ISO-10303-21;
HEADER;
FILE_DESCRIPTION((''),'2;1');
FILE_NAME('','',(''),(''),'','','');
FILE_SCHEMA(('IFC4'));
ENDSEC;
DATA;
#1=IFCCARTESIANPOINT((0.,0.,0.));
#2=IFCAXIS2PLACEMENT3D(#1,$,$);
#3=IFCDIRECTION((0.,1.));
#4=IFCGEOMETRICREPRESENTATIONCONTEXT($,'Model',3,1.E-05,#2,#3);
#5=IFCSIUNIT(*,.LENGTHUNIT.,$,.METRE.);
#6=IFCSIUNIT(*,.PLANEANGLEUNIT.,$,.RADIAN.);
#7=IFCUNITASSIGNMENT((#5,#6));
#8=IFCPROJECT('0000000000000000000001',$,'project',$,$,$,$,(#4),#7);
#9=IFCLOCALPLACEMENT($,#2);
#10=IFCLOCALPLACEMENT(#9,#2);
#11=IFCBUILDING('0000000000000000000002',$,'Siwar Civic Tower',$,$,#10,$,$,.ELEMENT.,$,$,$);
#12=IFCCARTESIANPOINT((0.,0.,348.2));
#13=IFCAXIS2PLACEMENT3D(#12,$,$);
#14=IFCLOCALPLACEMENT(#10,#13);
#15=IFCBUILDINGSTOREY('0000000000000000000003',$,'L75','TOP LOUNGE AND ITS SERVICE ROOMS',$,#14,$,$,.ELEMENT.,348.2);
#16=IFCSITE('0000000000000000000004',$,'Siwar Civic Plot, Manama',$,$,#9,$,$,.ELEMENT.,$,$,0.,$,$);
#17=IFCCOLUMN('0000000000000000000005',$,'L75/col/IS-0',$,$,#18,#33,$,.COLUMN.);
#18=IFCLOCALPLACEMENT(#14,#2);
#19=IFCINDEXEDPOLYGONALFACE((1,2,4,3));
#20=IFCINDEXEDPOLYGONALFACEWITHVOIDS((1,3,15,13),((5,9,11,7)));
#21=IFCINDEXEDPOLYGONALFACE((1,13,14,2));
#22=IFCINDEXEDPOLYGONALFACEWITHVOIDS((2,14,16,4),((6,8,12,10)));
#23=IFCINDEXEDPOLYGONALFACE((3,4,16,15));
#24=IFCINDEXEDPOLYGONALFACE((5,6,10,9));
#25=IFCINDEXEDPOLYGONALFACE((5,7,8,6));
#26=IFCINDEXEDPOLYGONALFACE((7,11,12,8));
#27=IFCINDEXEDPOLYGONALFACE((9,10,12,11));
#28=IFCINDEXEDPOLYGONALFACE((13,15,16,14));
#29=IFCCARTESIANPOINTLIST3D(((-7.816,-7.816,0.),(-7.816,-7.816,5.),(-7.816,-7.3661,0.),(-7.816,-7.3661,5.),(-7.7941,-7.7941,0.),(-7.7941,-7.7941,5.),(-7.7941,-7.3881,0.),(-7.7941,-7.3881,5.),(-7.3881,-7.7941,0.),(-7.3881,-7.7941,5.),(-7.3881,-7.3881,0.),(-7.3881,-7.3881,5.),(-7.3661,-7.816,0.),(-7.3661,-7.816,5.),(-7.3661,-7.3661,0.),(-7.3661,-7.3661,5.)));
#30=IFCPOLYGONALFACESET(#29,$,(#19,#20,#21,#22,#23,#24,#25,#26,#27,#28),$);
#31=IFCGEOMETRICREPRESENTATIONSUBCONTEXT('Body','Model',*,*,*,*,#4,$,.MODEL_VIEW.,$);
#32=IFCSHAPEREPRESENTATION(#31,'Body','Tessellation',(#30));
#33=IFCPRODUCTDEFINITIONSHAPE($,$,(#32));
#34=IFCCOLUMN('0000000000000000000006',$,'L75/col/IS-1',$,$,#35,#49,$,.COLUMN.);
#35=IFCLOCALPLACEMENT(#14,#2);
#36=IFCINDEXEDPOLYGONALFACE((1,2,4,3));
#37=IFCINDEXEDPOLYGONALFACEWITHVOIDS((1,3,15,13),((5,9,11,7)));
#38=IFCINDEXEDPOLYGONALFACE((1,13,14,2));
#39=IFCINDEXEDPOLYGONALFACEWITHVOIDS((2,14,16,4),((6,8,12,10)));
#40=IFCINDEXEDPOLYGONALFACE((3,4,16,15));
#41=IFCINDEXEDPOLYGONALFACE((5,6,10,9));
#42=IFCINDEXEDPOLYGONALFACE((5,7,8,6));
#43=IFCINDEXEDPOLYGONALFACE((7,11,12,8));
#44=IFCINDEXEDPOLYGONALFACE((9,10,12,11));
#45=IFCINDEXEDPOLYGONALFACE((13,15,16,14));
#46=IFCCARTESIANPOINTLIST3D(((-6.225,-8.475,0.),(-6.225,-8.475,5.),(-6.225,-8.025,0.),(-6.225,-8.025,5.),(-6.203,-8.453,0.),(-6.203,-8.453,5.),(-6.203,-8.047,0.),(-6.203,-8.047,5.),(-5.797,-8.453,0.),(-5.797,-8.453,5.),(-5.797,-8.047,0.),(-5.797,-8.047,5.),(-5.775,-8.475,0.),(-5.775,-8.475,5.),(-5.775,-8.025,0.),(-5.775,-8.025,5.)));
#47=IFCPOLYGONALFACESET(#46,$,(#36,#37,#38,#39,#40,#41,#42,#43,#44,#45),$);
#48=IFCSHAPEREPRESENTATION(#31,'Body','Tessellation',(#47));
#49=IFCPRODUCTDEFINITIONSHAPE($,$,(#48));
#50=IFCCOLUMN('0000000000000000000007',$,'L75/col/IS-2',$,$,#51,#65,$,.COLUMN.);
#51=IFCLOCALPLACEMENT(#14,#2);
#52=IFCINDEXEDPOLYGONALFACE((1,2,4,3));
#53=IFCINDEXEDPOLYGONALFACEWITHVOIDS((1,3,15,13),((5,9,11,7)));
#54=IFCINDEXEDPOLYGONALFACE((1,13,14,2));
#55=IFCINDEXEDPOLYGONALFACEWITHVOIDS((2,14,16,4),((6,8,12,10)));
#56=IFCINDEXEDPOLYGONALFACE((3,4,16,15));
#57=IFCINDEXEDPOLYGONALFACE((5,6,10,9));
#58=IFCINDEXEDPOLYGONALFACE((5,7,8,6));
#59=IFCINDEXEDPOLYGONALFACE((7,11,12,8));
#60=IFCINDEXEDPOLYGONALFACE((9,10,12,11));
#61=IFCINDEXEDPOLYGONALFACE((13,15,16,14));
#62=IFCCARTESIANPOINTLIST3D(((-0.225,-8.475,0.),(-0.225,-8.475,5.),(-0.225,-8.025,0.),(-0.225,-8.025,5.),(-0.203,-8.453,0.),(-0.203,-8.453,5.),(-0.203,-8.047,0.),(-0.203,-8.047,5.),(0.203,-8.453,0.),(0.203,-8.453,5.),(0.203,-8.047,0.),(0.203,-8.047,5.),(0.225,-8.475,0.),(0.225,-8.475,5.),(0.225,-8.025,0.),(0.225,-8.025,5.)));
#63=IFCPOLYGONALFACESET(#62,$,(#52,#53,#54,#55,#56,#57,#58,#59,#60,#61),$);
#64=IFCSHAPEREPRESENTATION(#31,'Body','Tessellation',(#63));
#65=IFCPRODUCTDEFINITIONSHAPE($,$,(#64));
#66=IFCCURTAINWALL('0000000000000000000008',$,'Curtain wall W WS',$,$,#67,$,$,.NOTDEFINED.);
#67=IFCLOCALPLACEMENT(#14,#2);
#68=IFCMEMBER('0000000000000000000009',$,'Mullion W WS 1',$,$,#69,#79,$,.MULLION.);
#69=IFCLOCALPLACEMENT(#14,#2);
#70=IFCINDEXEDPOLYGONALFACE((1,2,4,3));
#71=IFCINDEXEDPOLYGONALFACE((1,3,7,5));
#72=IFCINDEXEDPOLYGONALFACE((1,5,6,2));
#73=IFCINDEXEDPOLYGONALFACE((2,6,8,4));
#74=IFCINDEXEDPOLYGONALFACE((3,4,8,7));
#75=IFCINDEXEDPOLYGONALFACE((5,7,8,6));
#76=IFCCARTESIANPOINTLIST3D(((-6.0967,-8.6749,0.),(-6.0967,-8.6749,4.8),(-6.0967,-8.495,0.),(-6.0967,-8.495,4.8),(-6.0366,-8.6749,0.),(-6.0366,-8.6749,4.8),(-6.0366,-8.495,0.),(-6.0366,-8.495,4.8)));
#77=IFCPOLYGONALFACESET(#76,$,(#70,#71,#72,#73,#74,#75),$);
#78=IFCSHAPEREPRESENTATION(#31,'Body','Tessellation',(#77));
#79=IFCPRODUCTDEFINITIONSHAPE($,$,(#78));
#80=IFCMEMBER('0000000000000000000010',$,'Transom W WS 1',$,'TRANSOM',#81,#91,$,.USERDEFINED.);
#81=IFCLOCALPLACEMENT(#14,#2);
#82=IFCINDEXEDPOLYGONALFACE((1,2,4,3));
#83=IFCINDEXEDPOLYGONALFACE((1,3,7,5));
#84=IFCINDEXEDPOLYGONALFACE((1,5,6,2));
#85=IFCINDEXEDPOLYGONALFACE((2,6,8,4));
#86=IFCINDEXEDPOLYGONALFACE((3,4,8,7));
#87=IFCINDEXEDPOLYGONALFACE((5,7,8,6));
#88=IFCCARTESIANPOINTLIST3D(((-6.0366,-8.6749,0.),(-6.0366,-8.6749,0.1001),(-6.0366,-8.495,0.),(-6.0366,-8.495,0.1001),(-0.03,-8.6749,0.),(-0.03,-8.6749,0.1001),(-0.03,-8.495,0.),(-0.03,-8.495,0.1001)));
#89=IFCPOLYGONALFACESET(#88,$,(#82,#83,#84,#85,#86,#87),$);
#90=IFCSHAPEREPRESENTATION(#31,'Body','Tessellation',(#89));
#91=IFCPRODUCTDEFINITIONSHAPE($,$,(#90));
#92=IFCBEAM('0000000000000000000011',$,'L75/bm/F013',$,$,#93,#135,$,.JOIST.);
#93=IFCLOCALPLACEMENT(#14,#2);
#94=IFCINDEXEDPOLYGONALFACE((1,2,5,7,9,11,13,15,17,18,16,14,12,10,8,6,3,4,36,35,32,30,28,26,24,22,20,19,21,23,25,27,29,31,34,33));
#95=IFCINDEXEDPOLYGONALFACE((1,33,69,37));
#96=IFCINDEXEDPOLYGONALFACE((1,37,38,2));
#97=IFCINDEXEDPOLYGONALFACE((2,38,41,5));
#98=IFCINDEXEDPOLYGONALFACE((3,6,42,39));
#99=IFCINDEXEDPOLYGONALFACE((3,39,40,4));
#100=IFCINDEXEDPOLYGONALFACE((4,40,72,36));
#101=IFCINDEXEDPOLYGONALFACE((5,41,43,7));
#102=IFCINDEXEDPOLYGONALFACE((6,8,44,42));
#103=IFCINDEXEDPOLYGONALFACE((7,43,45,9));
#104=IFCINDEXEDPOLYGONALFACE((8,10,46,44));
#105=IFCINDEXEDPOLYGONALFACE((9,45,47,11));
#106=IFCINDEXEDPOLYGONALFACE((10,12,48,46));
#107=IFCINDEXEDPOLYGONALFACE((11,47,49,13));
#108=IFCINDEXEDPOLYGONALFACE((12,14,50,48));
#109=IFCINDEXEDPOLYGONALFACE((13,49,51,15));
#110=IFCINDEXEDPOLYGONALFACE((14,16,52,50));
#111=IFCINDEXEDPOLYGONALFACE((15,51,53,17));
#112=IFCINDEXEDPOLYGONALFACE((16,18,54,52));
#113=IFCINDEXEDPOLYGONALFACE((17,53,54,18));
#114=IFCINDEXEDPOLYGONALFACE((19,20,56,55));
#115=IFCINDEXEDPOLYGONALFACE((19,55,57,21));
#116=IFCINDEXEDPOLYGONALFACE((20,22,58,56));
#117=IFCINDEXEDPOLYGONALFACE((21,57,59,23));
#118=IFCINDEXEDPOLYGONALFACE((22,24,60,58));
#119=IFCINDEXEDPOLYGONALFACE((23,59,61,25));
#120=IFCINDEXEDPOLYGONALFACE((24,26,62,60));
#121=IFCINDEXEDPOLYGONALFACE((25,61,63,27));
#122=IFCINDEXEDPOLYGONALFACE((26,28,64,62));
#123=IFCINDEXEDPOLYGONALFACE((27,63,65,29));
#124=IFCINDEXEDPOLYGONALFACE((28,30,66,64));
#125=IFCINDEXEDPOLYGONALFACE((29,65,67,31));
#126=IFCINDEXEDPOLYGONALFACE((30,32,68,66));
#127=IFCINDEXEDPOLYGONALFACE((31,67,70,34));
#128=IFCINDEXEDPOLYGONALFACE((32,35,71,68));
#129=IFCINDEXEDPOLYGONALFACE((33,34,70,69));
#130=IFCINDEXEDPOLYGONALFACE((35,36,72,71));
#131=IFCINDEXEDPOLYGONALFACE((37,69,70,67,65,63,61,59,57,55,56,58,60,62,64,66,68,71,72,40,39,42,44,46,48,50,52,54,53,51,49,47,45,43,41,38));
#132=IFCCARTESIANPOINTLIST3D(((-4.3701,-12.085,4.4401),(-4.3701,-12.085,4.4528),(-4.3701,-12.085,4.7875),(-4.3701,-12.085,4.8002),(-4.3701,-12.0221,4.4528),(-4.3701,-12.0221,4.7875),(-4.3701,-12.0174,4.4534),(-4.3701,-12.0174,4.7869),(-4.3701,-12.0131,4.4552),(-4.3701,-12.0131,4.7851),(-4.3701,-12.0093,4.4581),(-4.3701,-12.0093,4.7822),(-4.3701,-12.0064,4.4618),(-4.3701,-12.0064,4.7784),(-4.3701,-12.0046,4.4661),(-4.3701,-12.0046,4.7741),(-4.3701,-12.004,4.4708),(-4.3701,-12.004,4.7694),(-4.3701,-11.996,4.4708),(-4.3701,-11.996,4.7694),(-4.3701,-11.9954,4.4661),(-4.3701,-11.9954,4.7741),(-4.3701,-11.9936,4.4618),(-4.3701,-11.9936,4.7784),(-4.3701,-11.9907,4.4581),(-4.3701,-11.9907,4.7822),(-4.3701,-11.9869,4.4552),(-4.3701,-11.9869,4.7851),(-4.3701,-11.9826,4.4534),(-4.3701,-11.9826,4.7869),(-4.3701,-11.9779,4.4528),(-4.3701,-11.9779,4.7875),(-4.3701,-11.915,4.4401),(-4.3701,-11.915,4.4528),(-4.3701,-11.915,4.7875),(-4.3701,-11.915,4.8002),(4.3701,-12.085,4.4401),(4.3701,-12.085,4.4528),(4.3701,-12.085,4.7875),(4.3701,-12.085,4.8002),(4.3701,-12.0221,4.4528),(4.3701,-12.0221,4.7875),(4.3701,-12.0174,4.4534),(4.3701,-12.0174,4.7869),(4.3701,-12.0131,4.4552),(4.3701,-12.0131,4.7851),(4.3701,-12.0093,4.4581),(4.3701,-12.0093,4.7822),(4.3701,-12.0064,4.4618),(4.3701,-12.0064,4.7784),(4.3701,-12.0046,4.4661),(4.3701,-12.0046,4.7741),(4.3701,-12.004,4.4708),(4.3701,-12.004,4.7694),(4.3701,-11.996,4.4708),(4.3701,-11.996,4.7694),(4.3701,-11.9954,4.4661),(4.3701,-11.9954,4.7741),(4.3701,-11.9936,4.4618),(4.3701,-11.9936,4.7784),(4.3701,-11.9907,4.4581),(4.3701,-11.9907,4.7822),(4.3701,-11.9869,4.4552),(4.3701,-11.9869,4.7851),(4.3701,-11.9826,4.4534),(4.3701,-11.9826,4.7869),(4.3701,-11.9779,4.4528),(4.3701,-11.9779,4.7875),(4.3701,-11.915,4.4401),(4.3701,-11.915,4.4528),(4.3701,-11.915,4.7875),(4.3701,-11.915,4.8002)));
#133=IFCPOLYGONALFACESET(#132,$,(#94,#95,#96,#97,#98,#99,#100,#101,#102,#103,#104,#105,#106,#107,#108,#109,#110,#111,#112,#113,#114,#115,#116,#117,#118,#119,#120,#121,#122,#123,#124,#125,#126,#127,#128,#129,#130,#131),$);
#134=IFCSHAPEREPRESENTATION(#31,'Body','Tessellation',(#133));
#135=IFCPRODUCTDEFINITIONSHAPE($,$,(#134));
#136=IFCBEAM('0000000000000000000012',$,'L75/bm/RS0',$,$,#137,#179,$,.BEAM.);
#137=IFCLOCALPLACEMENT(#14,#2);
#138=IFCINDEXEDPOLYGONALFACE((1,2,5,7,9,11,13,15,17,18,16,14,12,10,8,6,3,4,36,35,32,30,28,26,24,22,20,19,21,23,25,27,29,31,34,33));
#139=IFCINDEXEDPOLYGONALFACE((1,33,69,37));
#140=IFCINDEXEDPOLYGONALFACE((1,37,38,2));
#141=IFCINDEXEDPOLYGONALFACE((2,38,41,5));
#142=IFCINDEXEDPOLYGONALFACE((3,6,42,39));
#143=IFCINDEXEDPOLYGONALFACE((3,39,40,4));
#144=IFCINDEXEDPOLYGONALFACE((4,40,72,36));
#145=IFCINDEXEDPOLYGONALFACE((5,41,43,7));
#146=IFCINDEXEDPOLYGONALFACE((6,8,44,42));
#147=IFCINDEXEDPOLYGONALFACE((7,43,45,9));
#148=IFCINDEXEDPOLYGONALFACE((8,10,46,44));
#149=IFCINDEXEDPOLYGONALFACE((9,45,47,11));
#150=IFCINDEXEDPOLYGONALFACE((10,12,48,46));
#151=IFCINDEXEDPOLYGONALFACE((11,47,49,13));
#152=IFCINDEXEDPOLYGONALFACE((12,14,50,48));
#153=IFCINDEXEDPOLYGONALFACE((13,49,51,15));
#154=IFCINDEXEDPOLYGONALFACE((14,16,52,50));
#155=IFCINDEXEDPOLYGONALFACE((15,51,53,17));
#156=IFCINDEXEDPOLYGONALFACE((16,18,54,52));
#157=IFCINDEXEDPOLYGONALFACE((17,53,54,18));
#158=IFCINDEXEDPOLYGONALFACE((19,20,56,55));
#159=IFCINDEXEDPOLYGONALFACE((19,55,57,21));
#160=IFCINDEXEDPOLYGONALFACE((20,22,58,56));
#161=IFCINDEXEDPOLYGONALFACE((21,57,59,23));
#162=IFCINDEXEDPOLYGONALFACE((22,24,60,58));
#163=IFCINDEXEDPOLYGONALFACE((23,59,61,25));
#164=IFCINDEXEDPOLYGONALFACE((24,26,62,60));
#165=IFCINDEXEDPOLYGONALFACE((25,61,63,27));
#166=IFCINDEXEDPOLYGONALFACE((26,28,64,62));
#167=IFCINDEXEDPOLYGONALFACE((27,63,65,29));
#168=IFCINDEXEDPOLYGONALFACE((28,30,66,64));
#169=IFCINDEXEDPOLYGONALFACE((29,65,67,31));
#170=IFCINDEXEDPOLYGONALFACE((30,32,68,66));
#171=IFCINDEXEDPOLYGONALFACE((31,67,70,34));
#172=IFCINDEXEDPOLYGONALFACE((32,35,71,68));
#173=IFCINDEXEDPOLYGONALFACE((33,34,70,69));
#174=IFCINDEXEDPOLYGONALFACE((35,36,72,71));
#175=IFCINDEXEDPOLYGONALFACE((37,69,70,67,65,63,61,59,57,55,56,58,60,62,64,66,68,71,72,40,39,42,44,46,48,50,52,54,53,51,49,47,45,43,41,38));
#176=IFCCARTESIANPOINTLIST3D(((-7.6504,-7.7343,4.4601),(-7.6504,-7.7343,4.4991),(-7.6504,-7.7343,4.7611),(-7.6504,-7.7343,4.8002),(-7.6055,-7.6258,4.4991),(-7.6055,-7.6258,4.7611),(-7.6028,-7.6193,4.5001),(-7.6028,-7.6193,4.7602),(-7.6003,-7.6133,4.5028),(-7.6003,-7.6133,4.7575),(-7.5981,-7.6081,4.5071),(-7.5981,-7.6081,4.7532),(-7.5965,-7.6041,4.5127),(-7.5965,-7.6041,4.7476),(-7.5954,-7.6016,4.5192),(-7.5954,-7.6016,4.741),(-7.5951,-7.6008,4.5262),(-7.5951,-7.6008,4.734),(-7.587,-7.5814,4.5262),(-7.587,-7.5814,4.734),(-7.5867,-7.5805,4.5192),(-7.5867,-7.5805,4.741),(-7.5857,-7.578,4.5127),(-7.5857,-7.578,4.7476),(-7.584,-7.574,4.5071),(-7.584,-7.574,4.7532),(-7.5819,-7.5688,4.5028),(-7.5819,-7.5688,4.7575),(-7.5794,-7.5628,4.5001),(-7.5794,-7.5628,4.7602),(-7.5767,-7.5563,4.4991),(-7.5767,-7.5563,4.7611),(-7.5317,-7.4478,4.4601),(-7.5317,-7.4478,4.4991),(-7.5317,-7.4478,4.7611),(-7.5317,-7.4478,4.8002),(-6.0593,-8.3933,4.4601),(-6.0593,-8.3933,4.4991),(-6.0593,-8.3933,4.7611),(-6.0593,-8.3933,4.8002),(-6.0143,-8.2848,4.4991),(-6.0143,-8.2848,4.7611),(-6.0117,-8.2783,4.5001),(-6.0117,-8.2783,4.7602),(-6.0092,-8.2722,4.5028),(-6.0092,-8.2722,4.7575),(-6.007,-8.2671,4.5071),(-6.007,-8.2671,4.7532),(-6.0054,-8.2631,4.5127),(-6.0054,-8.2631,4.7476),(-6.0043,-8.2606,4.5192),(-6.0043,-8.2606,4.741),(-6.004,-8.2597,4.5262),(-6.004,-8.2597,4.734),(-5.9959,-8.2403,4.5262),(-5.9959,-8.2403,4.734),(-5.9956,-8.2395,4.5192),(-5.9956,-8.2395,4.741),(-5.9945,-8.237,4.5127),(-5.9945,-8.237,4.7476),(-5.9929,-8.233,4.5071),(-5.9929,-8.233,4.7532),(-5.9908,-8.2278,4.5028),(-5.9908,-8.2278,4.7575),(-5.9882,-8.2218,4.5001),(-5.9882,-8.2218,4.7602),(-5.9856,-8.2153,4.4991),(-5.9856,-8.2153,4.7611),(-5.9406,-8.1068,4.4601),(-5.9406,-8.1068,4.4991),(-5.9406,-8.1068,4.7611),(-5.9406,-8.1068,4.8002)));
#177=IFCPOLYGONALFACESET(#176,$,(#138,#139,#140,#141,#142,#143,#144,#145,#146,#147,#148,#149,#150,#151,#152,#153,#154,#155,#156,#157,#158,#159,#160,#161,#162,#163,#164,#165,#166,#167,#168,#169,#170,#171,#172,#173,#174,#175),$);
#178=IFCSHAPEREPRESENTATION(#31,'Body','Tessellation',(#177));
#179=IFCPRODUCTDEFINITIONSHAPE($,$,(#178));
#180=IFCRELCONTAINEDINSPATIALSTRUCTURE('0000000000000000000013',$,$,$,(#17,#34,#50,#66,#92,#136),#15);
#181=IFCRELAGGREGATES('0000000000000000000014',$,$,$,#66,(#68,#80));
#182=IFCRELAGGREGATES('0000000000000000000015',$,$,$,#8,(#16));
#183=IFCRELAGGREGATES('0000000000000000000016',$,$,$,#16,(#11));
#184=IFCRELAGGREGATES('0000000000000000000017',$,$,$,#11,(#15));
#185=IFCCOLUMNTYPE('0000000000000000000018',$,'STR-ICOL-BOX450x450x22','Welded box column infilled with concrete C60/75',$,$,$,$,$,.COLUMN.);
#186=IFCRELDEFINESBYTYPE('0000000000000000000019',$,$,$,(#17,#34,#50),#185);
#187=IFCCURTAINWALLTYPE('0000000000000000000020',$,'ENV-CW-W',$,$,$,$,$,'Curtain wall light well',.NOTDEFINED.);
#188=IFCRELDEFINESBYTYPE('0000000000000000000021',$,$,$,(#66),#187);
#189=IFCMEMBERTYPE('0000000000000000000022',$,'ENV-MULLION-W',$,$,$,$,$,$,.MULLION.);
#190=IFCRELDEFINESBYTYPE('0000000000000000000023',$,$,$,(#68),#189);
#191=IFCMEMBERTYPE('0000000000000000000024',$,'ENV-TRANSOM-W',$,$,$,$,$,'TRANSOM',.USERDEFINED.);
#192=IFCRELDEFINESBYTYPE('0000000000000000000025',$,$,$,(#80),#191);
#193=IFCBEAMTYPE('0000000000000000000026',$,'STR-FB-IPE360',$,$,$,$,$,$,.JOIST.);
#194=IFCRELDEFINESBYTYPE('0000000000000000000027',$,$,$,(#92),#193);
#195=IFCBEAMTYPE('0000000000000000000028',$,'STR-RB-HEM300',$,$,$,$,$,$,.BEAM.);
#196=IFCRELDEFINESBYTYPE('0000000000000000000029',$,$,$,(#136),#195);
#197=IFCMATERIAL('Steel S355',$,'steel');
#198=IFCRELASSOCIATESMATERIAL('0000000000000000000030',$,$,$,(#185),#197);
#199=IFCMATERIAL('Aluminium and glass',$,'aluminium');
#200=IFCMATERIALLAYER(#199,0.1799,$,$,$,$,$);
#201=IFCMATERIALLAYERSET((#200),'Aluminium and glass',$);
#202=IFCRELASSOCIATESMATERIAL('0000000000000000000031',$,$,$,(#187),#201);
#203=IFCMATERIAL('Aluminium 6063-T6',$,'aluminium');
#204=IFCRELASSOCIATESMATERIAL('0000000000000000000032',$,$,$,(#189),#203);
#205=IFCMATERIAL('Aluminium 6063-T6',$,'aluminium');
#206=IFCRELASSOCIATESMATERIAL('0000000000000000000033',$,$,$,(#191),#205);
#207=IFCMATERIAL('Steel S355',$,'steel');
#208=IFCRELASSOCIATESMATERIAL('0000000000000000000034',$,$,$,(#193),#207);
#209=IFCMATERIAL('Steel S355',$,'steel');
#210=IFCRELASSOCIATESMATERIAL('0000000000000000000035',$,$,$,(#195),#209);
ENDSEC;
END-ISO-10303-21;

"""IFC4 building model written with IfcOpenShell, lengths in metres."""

from ifc_helpers import new_model, si_unit, direction, frame, origin, origin_2d, place, context, subcontext, project, spatial, rectangle, hollow_rectangle, i_section, extrude, material, layer, layer_set, material_profile, profile_set, type_object, element, aggregate, save


model = new_model("IFC4")

# Units and contexts
model_context = context("Model", 3, precision=1e-05, world=origin(), true_north=direction((0.0, 1.0)))
body_context = subcontext(model_context, "Body", "Model", "MODEL_VIEW")
ifc_project = project(units=[si_unit("LENGTHUNIT", "METRE"), si_unit("PLANEANGLEUNIT", "RADIAN")], contexts=[model_context])

# Site, building, storey
site_placement = place(None, origin())
site = spatial("IfcSite", under=ifc_project, at=site_placement, Name="Siwar Civic Plot, Manama", CompositionType="ELEMENT", RefElevation=0.0)
building_placement = place(site_placement, origin())
building = spatial("IfcBuilding", under=site, at=building_placement, Name="Siwar Civic Tower", CompositionType="ELEMENT")
storey_placement = place(building_placement, frame((0.0, 0.0, 348.2)))
storey = spatial("IfcBuildingStorey", under=building, at=storey_placement, Name="L75", Description="TOP LOUNGE AND ITS SERVICE ROOMS", CompositionType="ELEMENT", Elevation=348.2)

# Columns
ifc_material_1 = material(Name="Steel S355", Category="steel")
ifc_material_profile_1 = material_profile(ifc_material_1, hollow_rectangle(XDim=0.45, YDim=0.45, WallThickness=0.022, at=origin_2d()), Name="BOX450x450x22")
ifc_profile_set_1 = profile_set([ifc_material_profile_1], Name="Steel S355")
column_type = type_object("IfcColumnType", Name="STR-ICOL-BOX450x450x22", Description="Welded box column infilled with concrete C60/75", PredefinedType="COLUMN", material=ifc_profile_set_1)
for number, where, z_axis, x_axis, name in (
    (1, (-7.5911, -7.5911, 0.0), (0.0, 0.0, 1.0), (1.0, 0.0, 0.0), "L75/col/IS-0"),
    (2, (-6.0, -8.25, 0.0), (0.0, 0.0, 1.0), (1.0, 0.0, 0.0), "L75/col/IS-1"),
    (3, (0.0, -8.25, 0.0), (0.0, 0.0, 1.0), (1.0, 0.0, 0.0), "L75/col/IS-2"),
):
    element("IfcColumn", number, at=place(storey_placement, frame(where, z_axis=z_axis, x_axis=x_axis)), inside=storey, type_object=column_type, Name=name, PredefinedType="COLUMN", context=body_context, shape_type="SweptSolid", body=[
        extrude(hollow_rectangle(XDim=0.45, YDim=0.45, WallThickness=0.022, at=origin_2d()), origin(), (0.0, 0.0, 1.0), 5.0),
    ])

# Curtain wall, members
ifc_material_2 = material(Name="Aluminium and glass", Category="aluminium")
ifc_layer_1 = layer(ifc_material_2, 0.1799)
ifc_layer_set_1 = layer_set([ifc_layer_1], Name="Aluminium and glass")
curtain_wall_type = type_object("IfcCurtainWallType", Name="ENV-CW-W", ElementType="Curtain wall light well", PredefinedType="NOTDEFINED", material=ifc_layer_set_1)
curtain_wall_placement = place(storey_placement, origin())
curtain_wall = element("IfcCurtainWall", 4, at=curtain_wall_placement, inside=storey, type_object=curtain_wall_type, Name="Curtain wall W WS", PredefinedType="NOTDEFINED")
ifc_material_3 = material(Name="Aluminium 6063-T6", Category="aluminium")
ifc_material_profile_2 = material_profile(ifc_material_3, rectangle(XDim=0.1799, YDim=0.0601, at=origin_2d()), Name="AL 180x60")
ifc_profile_set_2 = profile_set([ifc_material_profile_2], Name="Aluminium 6063-T6")
member_type_1 = type_object("IfcMemberType", Name="ENV-MULLION-W", PredefinedType="MULLION", material=ifc_profile_set_2)
member_1_placement = place(storey_placement, frame((-6.0667, -8.585, 0.0), z_axis=(0.0, 0.0, 1.0), x_axis=(0.0, 1.0, 0.0)))
member_1 = element("IfcMember", 5, at=member_1_placement, type_object=member_type_1, Name="Mullion W WS 1", PredefinedType="MULLION", context=body_context, shape_type="SweptSolid", body=[
    extrude(rectangle(XDim=0.1799, YDim=0.0601, at=origin_2d()), origin(), (0.0, 0.0, 1.0), 4.8),
])
ifc_material_4 = material(Name="Aluminium 6063-T6", Category="aluminium")
ifc_material_profile_3 = material_profile(ifc_material_4, rectangle(XDim=0.1799, YDim=0.1001, at=origin_2d()), Name="AL 180x100")
ifc_profile_set_3 = profile_set([ifc_material_profile_3], Name="Aluminium 6063-T6")
member_type_2 = type_object("IfcMemberType", Name="ENV-TRANSOM-W", ElementType="TRANSOM", PredefinedType="USERDEFINED", material=ifc_profile_set_3)
member_2_placement = place(storey_placement, frame((-6.0366, -8.585, 0.05), z_axis=(1.0, 0.0, 0.0), x_axis=(0.0, 1.0, 0.0)))
member_2 = element("IfcMember", 6, at=member_2_placement, type_object=member_type_2, Name="Transom W WS 1", ObjectType="TRANSOM", PredefinedType="USERDEFINED", context=body_context, shape_type="SweptSolid", body=[
    extrude(rectangle(XDim=0.1799, YDim=0.1001, at=origin_2d()), origin(), (0.0, 0.0, 1.0), 6.0066),
])

# Beams
ifc_material_5 = material(Name="Steel S355", Category="steel")
ifc_material_profile_4 = material_profile(ifc_material_5, i_section(OverallWidth=0.1699, OverallDepth=0.3601, WebThickness=0.0081, FlangeThickness=0.0127, FilletRadius=0.0181, at=origin_2d()), Name="IPE360")
ifc_profile_set_4 = profile_set([ifc_material_profile_4], Name="Steel S355")
beam_type_1 = type_object("IfcBeamType", Name="STR-FB-IPE360", PredefinedType="JOIST", material=ifc_profile_set_4)
beam_1_placement = place(storey_placement, frame((-4.3701, -12.0, 4.6201), z_axis=(1.0, 0.0, 0.0), x_axis=(0.0, 1.0, 0.0)))
element("IfcBeam", 7, at=beam_1_placement, inside=storey, type_object=beam_type_1, Name="L75/bm/F013", PredefinedType="JOIST", context=body_context, shape_type="SweptSolid", body=[
    extrude(i_section(OverallWidth=0.1699, OverallDepth=0.3601, WebThickness=0.0081, FlangeThickness=0.0127, FilletRadius=0.0181, at=origin_2d()), origin(), (0.0, 0.0, 1.0), 8.7402),
])
ifc_material_6 = material(Name="Steel S355", Category="steel")
ifc_material_profile_5 = material_profile(ifc_material_6, i_section(OverallWidth=0.3101, OverallDepth=0.3401, WebThickness=0.021, FlangeThickness=0.0391, FilletRadius=0.0271, at=origin_2d()), Name="HEM300")
ifc_profile_set_5 = profile_set([ifc_material_profile_5], Name="Steel S355")
beam_type_2 = type_object("IfcBeamType", Name="STR-RB-HEM300", PredefinedType="BEAM", material=ifc_profile_set_5)
beam_2_placement = place(storey_placement, frame((-7.5911, -7.5911, 4.6301), z_axis=(0.923901, -0.382631, 0.0), x_axis=(0.382631, 0.923901, 0.0)))
element("IfcBeam", 8, at=beam_2_placement, inside=storey, type_object=beam_type_2, Name="L75/bm/RS0", PredefinedType="BEAM", context=body_context, shape_type="SweptSolid", body=[
    extrude(i_section(OverallWidth=0.3101, OverallDepth=0.3401, WebThickness=0.021, FlangeThickness=0.0391, FilletRadius=0.0271, at=origin_2d()), origin(), (0.0, 0.0, 1.0), 1.7222),
])

aggregate(curtain_wall, [member_1, member_2])

save(model, "model.ifc")
